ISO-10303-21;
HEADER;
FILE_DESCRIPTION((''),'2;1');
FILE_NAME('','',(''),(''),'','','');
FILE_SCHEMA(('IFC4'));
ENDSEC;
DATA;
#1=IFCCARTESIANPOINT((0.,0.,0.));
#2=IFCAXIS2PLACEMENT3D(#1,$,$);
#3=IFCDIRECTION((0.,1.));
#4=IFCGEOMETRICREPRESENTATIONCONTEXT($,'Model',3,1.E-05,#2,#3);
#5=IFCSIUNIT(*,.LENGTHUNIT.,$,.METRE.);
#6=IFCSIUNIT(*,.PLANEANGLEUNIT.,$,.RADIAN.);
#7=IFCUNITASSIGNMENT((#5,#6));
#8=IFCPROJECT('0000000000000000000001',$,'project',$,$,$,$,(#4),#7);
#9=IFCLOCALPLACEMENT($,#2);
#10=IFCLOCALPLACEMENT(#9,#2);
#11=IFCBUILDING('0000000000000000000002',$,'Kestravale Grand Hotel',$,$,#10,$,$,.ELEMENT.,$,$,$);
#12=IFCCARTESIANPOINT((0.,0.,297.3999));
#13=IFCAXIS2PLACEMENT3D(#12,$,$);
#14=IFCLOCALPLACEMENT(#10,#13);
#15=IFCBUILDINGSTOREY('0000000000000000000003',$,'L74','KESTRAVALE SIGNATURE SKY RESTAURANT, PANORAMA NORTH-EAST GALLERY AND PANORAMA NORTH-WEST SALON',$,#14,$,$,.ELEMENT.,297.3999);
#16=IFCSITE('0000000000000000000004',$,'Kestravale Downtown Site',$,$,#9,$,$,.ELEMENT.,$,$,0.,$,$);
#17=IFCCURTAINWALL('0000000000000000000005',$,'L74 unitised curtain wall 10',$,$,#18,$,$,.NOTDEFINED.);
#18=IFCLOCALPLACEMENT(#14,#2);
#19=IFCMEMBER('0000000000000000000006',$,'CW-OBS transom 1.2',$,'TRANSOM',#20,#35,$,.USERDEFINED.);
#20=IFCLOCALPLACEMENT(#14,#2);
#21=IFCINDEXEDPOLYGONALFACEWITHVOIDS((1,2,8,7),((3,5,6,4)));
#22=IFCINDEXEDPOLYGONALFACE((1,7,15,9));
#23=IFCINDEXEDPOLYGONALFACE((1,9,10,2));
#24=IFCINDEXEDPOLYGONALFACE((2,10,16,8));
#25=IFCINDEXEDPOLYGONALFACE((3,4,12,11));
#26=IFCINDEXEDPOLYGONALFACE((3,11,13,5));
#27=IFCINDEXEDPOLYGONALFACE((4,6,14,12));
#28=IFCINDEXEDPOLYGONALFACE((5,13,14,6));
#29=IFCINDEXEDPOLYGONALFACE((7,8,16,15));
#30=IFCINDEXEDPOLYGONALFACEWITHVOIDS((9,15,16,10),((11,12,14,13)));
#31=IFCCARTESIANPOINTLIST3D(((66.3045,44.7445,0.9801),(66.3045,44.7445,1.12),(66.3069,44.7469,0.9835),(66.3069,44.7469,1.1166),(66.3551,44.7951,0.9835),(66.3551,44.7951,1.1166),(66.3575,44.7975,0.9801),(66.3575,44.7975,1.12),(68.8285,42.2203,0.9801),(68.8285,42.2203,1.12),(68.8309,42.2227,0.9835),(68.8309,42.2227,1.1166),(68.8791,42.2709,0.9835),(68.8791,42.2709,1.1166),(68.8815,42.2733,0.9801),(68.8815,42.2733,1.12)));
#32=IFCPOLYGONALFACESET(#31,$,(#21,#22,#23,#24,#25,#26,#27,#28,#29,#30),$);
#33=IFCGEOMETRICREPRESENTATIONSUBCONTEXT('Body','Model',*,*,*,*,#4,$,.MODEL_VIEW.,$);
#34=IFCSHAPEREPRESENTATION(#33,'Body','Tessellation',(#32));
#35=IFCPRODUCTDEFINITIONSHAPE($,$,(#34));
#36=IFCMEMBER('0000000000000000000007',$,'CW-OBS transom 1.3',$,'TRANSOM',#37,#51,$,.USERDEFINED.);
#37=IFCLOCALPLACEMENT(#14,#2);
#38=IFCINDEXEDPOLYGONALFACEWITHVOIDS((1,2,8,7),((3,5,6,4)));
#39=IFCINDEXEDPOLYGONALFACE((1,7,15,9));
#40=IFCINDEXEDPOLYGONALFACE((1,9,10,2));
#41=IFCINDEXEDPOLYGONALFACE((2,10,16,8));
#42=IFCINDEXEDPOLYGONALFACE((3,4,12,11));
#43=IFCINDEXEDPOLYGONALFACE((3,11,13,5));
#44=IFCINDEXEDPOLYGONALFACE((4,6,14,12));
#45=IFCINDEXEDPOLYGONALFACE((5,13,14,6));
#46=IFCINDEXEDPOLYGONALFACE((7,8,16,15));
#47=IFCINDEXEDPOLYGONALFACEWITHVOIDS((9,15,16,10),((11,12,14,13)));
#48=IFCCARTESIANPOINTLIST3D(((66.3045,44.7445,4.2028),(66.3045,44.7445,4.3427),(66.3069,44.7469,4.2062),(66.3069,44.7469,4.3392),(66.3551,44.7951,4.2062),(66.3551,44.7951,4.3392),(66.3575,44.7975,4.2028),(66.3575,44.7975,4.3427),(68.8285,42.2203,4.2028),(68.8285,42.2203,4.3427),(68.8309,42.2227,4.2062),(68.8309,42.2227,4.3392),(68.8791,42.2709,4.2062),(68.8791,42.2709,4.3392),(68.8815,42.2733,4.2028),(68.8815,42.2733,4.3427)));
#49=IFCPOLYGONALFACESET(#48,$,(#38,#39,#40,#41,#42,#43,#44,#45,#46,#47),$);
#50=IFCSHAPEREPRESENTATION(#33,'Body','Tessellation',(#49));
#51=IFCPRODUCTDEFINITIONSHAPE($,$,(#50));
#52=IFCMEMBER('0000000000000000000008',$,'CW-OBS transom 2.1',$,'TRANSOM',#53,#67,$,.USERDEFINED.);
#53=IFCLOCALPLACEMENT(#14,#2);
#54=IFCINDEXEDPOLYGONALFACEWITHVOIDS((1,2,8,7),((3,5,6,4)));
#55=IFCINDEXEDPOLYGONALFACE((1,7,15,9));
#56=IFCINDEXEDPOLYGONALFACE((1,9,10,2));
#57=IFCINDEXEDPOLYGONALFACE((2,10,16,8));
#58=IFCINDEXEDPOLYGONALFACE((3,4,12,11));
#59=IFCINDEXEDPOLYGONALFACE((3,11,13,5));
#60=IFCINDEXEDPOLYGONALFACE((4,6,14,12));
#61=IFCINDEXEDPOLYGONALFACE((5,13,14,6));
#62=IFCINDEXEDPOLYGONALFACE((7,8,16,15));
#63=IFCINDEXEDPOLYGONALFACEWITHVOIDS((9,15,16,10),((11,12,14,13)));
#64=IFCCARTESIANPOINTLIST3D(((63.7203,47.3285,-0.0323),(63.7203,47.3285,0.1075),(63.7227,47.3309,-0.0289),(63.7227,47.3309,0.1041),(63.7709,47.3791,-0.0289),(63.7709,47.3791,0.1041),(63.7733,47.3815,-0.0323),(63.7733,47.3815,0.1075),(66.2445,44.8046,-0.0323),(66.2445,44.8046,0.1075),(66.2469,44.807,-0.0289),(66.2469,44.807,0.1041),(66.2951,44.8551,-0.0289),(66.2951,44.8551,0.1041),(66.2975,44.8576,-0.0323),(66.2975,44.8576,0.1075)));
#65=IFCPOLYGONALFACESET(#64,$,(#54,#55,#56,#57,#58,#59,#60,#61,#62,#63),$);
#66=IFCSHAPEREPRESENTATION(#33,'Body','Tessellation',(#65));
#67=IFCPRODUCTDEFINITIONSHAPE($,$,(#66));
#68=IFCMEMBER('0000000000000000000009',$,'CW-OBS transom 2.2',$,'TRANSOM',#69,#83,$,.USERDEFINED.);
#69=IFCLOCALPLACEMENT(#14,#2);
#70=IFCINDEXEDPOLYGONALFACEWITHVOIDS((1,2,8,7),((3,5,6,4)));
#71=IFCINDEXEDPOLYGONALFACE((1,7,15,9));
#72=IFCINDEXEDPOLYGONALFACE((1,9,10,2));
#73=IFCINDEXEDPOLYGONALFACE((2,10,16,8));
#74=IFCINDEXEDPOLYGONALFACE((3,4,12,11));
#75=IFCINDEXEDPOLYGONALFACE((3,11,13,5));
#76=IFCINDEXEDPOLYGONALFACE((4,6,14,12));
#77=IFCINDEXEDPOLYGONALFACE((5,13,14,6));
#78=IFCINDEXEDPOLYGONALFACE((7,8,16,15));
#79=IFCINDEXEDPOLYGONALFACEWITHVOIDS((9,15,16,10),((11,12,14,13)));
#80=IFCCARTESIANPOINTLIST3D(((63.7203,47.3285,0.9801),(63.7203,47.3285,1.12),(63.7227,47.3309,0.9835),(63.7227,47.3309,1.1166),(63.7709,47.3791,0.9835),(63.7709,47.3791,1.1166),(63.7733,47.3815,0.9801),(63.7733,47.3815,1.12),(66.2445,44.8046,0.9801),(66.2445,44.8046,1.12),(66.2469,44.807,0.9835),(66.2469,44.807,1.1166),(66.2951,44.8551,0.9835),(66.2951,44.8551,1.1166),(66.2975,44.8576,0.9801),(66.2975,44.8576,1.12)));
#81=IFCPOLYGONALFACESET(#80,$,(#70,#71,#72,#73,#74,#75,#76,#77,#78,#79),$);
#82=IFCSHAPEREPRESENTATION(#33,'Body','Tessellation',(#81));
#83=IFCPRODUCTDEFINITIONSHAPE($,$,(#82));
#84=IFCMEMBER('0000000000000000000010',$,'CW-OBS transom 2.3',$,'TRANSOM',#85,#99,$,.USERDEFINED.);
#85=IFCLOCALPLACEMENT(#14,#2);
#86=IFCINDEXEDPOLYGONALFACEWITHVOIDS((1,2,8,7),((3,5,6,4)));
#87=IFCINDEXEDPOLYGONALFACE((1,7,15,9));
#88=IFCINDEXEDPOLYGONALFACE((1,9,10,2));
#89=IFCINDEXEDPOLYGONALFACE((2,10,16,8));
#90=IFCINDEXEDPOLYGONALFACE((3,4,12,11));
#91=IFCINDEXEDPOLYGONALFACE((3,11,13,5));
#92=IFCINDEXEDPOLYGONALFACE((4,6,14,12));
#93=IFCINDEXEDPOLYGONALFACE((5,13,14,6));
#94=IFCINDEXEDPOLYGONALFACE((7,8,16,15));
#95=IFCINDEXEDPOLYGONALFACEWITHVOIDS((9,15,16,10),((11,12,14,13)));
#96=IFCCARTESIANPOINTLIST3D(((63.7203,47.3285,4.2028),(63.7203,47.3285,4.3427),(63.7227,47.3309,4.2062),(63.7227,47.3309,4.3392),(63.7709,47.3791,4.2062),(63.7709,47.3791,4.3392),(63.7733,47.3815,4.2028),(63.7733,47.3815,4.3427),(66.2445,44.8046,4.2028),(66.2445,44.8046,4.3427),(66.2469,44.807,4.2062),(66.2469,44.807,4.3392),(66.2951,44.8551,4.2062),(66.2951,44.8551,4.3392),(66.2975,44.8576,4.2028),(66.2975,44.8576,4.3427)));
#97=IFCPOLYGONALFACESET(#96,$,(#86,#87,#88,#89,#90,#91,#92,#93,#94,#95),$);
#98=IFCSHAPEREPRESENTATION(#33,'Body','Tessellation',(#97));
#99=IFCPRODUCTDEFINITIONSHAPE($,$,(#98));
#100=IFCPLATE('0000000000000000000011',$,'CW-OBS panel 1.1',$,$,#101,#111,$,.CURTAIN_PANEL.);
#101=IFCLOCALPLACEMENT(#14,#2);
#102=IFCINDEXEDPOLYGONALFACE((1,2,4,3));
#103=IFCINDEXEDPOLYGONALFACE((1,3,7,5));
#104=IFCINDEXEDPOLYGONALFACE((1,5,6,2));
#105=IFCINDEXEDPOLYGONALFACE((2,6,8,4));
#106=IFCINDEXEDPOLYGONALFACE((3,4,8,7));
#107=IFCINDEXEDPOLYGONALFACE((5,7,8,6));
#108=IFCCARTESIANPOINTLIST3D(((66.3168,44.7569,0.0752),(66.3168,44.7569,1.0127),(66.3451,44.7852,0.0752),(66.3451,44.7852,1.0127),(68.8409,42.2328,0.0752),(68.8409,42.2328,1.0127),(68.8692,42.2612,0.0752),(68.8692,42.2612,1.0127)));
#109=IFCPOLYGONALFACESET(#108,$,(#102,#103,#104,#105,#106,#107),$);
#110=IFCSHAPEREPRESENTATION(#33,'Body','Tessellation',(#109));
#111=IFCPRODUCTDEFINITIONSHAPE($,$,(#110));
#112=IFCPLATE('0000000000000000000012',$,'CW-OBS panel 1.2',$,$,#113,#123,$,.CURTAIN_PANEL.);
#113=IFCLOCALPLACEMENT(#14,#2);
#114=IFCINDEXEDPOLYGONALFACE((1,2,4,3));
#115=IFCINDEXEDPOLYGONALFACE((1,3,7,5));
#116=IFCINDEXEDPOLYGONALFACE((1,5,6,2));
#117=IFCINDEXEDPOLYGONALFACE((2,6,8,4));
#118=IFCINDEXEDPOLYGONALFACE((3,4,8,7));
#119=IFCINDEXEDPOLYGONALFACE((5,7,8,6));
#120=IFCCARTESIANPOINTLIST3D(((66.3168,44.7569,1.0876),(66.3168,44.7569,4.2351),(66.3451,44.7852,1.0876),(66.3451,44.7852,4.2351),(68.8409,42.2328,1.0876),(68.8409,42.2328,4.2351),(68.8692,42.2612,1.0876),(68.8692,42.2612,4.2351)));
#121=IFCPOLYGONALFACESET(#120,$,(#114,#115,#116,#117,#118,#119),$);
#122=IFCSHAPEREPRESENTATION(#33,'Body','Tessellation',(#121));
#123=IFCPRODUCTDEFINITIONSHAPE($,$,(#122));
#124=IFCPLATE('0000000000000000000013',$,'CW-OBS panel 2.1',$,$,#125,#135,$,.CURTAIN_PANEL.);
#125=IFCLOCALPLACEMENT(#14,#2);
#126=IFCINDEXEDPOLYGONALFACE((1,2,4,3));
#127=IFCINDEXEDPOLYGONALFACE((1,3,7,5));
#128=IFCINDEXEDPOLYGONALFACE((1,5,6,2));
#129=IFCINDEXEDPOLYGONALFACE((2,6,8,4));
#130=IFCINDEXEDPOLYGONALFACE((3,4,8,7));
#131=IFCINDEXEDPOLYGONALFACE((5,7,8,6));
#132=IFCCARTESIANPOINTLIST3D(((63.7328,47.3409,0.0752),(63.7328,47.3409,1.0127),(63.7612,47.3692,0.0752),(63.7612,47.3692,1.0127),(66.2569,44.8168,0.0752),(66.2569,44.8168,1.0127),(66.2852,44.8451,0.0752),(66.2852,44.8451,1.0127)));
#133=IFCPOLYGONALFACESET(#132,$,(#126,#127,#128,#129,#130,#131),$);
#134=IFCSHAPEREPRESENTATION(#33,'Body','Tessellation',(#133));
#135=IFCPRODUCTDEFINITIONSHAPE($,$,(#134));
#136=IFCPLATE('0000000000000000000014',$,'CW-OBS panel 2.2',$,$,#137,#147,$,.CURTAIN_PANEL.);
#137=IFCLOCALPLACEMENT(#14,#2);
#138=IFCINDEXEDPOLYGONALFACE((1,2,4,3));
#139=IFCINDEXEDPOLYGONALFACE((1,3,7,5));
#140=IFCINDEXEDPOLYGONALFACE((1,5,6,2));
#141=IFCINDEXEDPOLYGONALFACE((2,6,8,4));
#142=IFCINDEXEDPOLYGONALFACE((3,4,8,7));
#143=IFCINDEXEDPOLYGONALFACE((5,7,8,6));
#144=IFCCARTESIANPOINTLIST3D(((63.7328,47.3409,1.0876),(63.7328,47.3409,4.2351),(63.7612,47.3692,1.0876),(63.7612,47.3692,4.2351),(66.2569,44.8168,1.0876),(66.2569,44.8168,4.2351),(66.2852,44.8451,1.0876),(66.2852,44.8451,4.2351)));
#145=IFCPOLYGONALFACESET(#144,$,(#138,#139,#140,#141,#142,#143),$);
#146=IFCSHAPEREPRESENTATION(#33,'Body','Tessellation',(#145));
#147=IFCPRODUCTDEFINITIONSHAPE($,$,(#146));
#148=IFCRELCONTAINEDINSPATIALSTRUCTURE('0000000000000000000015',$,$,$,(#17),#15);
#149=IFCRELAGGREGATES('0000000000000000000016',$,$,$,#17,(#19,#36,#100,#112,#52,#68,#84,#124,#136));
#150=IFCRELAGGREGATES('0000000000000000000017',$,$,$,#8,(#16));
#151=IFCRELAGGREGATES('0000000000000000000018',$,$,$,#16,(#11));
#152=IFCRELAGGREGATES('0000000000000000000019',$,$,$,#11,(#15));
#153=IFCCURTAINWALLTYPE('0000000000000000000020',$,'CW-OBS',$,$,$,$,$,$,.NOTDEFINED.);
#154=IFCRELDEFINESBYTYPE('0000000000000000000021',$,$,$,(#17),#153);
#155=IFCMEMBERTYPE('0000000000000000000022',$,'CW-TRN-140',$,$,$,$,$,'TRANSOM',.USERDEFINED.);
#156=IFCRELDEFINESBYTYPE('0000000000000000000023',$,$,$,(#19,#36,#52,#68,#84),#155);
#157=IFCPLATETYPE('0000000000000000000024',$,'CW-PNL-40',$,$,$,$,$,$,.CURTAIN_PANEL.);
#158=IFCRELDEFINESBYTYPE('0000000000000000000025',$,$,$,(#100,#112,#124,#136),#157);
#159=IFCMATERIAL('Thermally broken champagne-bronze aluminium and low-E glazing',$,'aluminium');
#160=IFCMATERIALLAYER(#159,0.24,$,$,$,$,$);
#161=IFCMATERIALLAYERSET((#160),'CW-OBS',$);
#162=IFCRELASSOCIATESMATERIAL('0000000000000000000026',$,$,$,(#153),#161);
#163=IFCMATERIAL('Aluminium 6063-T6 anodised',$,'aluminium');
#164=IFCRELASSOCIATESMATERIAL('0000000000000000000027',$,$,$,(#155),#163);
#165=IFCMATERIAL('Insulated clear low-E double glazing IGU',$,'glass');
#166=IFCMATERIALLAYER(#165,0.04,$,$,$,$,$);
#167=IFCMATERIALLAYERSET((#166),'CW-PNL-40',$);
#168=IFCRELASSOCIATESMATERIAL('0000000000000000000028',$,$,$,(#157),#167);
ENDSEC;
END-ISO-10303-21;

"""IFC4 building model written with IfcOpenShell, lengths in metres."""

from ifc_helpers import new_model, si_unit, direction, frame, origin, origin_2d, place, context, subcontext, project, spatial, rectangle, hollow_rectangle, extrude, material, layer, layer_set, material_profile, profile_set, type_object, element, aggregate, save


model = new_model("IFC4")

# Units and contexts
model_context = context("Model", 3, precision=1e-05, world=origin(), true_north=direction((0.0, 1.0)))
body_context = subcontext(model_context, "Body", "Model", "MODEL_VIEW")
ifc_project = project(units=[si_unit("LENGTHUNIT", "METRE"), si_unit("PLANEANGLEUNIT", "RADIAN")], contexts=[model_context])

# Site, building, storey
site_placement = place(None, origin())
site = spatial("IfcSite", under=ifc_project, at=site_placement, Name="Kestravale Downtown Site", CompositionType="ELEMENT", RefElevation=0.0)
building_placement = place(site_placement, origin())
building = spatial("IfcBuilding", under=site, at=building_placement, Name="Kestravale Grand Hotel", CompositionType="ELEMENT")
storey_placement = place(building_placement, frame((0.0, 0.0, 297.3999)))
storey = spatial("IfcBuildingStorey", under=building, at=storey_placement, Name="L74", Description="KESTRAVALE SIGNATURE SKY RESTAURANT, PANORAMA NORTH-EAST GALLERY AND PANORAMA NORTH-WEST SALON", CompositionType="ELEMENT", Elevation=297.3999)

# Curtain wall, members, plates
ifc_material_1 = material(Name="Thermally broken champagne-bronze aluminium and low-E glazing", Category="aluminium")
ifc_layer_1 = layer(ifc_material_1, 0.24)
ifc_layer_set_1 = layer_set([ifc_layer_1], Name="CW-OBS")
curtain_wall_type = type_object("IfcCurtainWallType", Name="CW-OBS", PredefinedType="NOTDEFINED", material=ifc_layer_set_1)
curtain_wall_placement = place(storey_placement, origin())
curtain_wall = element("IfcCurtainWall", 1, at=curtain_wall_placement, inside=storey, type_object=curtain_wall_type, Name="L74 unitised curtain wall 10", PredefinedType="NOTDEFINED")
ifc_material_2 = material(Name="Aluminium 6063-T6 anodised", Category="aluminium")
ifc_material_profile_1 = material_profile(ifc_material_2, hollow_rectangle(XDim=0.075, YDim=0.1399, WallThickness=0.0034, at=origin_2d()))
ifc_profile_set_1 = profile_set([ifc_material_profile_1], Name="Aluminium 6063-T6 anodised")
member_type_1 = type_object("IfcMemberType", Name="CW-TRN-140", ElementType="TRANSOM", PredefinedType="USERDEFINED", material=ifc_profile_set_1)
member_1_placement = place(storey_placement, frame((68.855, 42.2468, 1.05), z_axis=(-0.707073, 0.707141, 0.0), x_axis=(-0.707141, -0.707073, 0.0)))
member_1 = element("IfcMember", 2, at=member_1_placement, type_object=member_type_1, Name="CW-OBS transom 1.2", ObjectType="TRANSOM", PredefinedType="USERDEFINED", context=body_context, shape_type="SweptSolid", body=[
    extrude(hollow_rectangle(XDim=0.075, YDim=0.1399, WallThickness=0.0034, at=origin_2d()), origin(), (0.0, 0.0, 1.0), 3.5696),
])
member_2_placement = place(storey_placement, frame((68.855, 42.2468, 4.2727), z_axis=(-0.707073, 0.707141, 0.0), x_axis=(-0.707141, -0.707073, 0.0)))
member_2 = element("IfcMember", 3, at=member_2_placement, type_object=member_type_1, Name="CW-OBS transom 1.3", ObjectType="TRANSOM", PredefinedType="USERDEFINED", context=body_context, shape_type="SweptSolid", body=[
    extrude(hollow_rectangle(XDim=0.075, YDim=0.1399, WallThickness=0.0034, at=origin_2d()), origin(), (0.0, 0.0, 1.0), 3.5696),
])
member_3_placement = place(storey_placement, frame((66.271, 44.8311, 0.0376), z_axis=(-0.707141, 0.707073, 0.0), x_axis=(-0.707073, -0.707141, 0.0)))
member_3 = element("IfcMember", 4, at=member_3_placement, type_object=member_type_1, Name="CW-OBS transom 2.1", ObjectType="TRANSOM", PredefinedType="USERDEFINED", context=body_context, shape_type="SweptSolid", body=[
    extrude(hollow_rectangle(XDim=0.075, YDim=0.1399, WallThickness=0.0034, at=origin_2d()), origin(), (0.0, 0.0, 1.0), 3.5696),
])
member_4_placement = place(storey_placement, frame((66.271, 44.8311, 1.05), z_axis=(-0.707141, 0.707073, 0.0), x_axis=(-0.707073, -0.707141, 0.0)))
member_4 = element("IfcMember", 5, at=member_4_placement, type_object=member_type_1, Name="CW-OBS transom 2.2", ObjectType="TRANSOM", PredefinedType="USERDEFINED", context=body_context, shape_type="SweptSolid", body=[
    extrude(hollow_rectangle(XDim=0.075, YDim=0.1399, WallThickness=0.0034, at=origin_2d()), origin(), (0.0, 0.0, 1.0), 3.5696),
])
member_5_placement = place(storey_placement, frame((66.271, 44.8311, 4.2727), z_axis=(-0.707141, 0.707073, 0.0), x_axis=(-0.707073, -0.707141, 0.0)))
member_5 = element("IfcMember", 6, at=member_5_placement, type_object=member_type_1, Name="CW-OBS transom 2.3", ObjectType="TRANSOM", PredefinedType="USERDEFINED", context=body_context, shape_type="SweptSolid", body=[
    extrude(hollow_rectangle(XDim=0.075, YDim=0.1399, WallThickness=0.0034, at=origin_2d()), origin(), (0.0, 0.0, 1.0), 3.5696),
])
ifc_material_3 = material(Name="Insulated clear low-E double glazing IGU", Category="glass")
ifc_layer_2 = layer(ifc_material_3, 0.04)
ifc_layer_set_2 = layer_set([ifc_layer_2], Name="CW-PNL-40")
plate_type = type_object("IfcPlateType", Name="CW-PNL-40", PredefinedType="CURTAIN_PANEL", material=ifc_layer_set_2)
plate_1_placement = place(storey_placement, frame((67.593, 43.509, 0.0752), z_axis=(0.0, 0.0, 1.0), x_axis=(-0.707107, 0.707107, 0.0)))
plate_1 = element("IfcPlate", 7, at=plate_1_placement, type_object=plate_type, Name="CW-OBS panel 1.1", PredefinedType="CURTAIN_PANEL", context=body_context, shape_type="SweptSolid", body=[
    extrude(rectangle(XDim=3.5696, YDim=0.04, at=origin_2d()), origin(), (0.0, 0.0, 1.0), 0.9375),
])
plate_2_placement = place(storey_placement, frame((67.593, 43.509, 1.0876), z_axis=(0.0, 0.0, 1.0), x_axis=(-0.707107, 0.707107, 0.0)))
plate_2 = element("IfcPlate", 8, at=plate_2_placement, type_object=plate_type, Name="CW-OBS panel 1.2", PredefinedType="CURTAIN_PANEL", context=body_context, shape_type="SweptSolid", body=[
    extrude(rectangle(XDim=3.5696, YDim=0.04, at=origin_2d()), origin(), (0.0, 0.0, 1.0), 3.1475),
])
plate_3_placement = place(storey_placement, frame((65.009, 46.093, 0.0752), z_axis=(0.0, 0.0, 1.0), x_axis=(-0.707107, 0.707107, 0.0)))
plate_3 = element("IfcPlate", 9, at=plate_3_placement, type_object=plate_type, Name="CW-OBS panel 2.1", PredefinedType="CURTAIN_PANEL", context=body_context, shape_type="SweptSolid", body=[
    extrude(rectangle(XDim=3.5696, YDim=0.04, at=origin_2d()), origin(), (0.0, 0.0, 1.0), 0.9375),
])
plate_4_placement = place(storey_placement, frame((65.009, 46.093, 1.0876), z_axis=(0.0, 0.0, 1.0), x_axis=(-0.707107, 0.707107, 0.0)))
plate_4 = element("IfcPlate", 10, at=plate_4_placement, type_object=plate_type, Name="CW-OBS panel 2.2", PredefinedType="CURTAIN_PANEL", context=body_context, shape_type="SweptSolid", body=[
    extrude(rectangle(XDim=3.5696, YDim=0.04, at=origin_2d()), origin(), (0.0, 0.0, 1.0), 3.1475),
])
aggregate(curtain_wall, [member_1, member_2, plate_1, plate_2, member_3, member_4, member_5, plate_3, plate_4])

save(model, "model.ifc")
